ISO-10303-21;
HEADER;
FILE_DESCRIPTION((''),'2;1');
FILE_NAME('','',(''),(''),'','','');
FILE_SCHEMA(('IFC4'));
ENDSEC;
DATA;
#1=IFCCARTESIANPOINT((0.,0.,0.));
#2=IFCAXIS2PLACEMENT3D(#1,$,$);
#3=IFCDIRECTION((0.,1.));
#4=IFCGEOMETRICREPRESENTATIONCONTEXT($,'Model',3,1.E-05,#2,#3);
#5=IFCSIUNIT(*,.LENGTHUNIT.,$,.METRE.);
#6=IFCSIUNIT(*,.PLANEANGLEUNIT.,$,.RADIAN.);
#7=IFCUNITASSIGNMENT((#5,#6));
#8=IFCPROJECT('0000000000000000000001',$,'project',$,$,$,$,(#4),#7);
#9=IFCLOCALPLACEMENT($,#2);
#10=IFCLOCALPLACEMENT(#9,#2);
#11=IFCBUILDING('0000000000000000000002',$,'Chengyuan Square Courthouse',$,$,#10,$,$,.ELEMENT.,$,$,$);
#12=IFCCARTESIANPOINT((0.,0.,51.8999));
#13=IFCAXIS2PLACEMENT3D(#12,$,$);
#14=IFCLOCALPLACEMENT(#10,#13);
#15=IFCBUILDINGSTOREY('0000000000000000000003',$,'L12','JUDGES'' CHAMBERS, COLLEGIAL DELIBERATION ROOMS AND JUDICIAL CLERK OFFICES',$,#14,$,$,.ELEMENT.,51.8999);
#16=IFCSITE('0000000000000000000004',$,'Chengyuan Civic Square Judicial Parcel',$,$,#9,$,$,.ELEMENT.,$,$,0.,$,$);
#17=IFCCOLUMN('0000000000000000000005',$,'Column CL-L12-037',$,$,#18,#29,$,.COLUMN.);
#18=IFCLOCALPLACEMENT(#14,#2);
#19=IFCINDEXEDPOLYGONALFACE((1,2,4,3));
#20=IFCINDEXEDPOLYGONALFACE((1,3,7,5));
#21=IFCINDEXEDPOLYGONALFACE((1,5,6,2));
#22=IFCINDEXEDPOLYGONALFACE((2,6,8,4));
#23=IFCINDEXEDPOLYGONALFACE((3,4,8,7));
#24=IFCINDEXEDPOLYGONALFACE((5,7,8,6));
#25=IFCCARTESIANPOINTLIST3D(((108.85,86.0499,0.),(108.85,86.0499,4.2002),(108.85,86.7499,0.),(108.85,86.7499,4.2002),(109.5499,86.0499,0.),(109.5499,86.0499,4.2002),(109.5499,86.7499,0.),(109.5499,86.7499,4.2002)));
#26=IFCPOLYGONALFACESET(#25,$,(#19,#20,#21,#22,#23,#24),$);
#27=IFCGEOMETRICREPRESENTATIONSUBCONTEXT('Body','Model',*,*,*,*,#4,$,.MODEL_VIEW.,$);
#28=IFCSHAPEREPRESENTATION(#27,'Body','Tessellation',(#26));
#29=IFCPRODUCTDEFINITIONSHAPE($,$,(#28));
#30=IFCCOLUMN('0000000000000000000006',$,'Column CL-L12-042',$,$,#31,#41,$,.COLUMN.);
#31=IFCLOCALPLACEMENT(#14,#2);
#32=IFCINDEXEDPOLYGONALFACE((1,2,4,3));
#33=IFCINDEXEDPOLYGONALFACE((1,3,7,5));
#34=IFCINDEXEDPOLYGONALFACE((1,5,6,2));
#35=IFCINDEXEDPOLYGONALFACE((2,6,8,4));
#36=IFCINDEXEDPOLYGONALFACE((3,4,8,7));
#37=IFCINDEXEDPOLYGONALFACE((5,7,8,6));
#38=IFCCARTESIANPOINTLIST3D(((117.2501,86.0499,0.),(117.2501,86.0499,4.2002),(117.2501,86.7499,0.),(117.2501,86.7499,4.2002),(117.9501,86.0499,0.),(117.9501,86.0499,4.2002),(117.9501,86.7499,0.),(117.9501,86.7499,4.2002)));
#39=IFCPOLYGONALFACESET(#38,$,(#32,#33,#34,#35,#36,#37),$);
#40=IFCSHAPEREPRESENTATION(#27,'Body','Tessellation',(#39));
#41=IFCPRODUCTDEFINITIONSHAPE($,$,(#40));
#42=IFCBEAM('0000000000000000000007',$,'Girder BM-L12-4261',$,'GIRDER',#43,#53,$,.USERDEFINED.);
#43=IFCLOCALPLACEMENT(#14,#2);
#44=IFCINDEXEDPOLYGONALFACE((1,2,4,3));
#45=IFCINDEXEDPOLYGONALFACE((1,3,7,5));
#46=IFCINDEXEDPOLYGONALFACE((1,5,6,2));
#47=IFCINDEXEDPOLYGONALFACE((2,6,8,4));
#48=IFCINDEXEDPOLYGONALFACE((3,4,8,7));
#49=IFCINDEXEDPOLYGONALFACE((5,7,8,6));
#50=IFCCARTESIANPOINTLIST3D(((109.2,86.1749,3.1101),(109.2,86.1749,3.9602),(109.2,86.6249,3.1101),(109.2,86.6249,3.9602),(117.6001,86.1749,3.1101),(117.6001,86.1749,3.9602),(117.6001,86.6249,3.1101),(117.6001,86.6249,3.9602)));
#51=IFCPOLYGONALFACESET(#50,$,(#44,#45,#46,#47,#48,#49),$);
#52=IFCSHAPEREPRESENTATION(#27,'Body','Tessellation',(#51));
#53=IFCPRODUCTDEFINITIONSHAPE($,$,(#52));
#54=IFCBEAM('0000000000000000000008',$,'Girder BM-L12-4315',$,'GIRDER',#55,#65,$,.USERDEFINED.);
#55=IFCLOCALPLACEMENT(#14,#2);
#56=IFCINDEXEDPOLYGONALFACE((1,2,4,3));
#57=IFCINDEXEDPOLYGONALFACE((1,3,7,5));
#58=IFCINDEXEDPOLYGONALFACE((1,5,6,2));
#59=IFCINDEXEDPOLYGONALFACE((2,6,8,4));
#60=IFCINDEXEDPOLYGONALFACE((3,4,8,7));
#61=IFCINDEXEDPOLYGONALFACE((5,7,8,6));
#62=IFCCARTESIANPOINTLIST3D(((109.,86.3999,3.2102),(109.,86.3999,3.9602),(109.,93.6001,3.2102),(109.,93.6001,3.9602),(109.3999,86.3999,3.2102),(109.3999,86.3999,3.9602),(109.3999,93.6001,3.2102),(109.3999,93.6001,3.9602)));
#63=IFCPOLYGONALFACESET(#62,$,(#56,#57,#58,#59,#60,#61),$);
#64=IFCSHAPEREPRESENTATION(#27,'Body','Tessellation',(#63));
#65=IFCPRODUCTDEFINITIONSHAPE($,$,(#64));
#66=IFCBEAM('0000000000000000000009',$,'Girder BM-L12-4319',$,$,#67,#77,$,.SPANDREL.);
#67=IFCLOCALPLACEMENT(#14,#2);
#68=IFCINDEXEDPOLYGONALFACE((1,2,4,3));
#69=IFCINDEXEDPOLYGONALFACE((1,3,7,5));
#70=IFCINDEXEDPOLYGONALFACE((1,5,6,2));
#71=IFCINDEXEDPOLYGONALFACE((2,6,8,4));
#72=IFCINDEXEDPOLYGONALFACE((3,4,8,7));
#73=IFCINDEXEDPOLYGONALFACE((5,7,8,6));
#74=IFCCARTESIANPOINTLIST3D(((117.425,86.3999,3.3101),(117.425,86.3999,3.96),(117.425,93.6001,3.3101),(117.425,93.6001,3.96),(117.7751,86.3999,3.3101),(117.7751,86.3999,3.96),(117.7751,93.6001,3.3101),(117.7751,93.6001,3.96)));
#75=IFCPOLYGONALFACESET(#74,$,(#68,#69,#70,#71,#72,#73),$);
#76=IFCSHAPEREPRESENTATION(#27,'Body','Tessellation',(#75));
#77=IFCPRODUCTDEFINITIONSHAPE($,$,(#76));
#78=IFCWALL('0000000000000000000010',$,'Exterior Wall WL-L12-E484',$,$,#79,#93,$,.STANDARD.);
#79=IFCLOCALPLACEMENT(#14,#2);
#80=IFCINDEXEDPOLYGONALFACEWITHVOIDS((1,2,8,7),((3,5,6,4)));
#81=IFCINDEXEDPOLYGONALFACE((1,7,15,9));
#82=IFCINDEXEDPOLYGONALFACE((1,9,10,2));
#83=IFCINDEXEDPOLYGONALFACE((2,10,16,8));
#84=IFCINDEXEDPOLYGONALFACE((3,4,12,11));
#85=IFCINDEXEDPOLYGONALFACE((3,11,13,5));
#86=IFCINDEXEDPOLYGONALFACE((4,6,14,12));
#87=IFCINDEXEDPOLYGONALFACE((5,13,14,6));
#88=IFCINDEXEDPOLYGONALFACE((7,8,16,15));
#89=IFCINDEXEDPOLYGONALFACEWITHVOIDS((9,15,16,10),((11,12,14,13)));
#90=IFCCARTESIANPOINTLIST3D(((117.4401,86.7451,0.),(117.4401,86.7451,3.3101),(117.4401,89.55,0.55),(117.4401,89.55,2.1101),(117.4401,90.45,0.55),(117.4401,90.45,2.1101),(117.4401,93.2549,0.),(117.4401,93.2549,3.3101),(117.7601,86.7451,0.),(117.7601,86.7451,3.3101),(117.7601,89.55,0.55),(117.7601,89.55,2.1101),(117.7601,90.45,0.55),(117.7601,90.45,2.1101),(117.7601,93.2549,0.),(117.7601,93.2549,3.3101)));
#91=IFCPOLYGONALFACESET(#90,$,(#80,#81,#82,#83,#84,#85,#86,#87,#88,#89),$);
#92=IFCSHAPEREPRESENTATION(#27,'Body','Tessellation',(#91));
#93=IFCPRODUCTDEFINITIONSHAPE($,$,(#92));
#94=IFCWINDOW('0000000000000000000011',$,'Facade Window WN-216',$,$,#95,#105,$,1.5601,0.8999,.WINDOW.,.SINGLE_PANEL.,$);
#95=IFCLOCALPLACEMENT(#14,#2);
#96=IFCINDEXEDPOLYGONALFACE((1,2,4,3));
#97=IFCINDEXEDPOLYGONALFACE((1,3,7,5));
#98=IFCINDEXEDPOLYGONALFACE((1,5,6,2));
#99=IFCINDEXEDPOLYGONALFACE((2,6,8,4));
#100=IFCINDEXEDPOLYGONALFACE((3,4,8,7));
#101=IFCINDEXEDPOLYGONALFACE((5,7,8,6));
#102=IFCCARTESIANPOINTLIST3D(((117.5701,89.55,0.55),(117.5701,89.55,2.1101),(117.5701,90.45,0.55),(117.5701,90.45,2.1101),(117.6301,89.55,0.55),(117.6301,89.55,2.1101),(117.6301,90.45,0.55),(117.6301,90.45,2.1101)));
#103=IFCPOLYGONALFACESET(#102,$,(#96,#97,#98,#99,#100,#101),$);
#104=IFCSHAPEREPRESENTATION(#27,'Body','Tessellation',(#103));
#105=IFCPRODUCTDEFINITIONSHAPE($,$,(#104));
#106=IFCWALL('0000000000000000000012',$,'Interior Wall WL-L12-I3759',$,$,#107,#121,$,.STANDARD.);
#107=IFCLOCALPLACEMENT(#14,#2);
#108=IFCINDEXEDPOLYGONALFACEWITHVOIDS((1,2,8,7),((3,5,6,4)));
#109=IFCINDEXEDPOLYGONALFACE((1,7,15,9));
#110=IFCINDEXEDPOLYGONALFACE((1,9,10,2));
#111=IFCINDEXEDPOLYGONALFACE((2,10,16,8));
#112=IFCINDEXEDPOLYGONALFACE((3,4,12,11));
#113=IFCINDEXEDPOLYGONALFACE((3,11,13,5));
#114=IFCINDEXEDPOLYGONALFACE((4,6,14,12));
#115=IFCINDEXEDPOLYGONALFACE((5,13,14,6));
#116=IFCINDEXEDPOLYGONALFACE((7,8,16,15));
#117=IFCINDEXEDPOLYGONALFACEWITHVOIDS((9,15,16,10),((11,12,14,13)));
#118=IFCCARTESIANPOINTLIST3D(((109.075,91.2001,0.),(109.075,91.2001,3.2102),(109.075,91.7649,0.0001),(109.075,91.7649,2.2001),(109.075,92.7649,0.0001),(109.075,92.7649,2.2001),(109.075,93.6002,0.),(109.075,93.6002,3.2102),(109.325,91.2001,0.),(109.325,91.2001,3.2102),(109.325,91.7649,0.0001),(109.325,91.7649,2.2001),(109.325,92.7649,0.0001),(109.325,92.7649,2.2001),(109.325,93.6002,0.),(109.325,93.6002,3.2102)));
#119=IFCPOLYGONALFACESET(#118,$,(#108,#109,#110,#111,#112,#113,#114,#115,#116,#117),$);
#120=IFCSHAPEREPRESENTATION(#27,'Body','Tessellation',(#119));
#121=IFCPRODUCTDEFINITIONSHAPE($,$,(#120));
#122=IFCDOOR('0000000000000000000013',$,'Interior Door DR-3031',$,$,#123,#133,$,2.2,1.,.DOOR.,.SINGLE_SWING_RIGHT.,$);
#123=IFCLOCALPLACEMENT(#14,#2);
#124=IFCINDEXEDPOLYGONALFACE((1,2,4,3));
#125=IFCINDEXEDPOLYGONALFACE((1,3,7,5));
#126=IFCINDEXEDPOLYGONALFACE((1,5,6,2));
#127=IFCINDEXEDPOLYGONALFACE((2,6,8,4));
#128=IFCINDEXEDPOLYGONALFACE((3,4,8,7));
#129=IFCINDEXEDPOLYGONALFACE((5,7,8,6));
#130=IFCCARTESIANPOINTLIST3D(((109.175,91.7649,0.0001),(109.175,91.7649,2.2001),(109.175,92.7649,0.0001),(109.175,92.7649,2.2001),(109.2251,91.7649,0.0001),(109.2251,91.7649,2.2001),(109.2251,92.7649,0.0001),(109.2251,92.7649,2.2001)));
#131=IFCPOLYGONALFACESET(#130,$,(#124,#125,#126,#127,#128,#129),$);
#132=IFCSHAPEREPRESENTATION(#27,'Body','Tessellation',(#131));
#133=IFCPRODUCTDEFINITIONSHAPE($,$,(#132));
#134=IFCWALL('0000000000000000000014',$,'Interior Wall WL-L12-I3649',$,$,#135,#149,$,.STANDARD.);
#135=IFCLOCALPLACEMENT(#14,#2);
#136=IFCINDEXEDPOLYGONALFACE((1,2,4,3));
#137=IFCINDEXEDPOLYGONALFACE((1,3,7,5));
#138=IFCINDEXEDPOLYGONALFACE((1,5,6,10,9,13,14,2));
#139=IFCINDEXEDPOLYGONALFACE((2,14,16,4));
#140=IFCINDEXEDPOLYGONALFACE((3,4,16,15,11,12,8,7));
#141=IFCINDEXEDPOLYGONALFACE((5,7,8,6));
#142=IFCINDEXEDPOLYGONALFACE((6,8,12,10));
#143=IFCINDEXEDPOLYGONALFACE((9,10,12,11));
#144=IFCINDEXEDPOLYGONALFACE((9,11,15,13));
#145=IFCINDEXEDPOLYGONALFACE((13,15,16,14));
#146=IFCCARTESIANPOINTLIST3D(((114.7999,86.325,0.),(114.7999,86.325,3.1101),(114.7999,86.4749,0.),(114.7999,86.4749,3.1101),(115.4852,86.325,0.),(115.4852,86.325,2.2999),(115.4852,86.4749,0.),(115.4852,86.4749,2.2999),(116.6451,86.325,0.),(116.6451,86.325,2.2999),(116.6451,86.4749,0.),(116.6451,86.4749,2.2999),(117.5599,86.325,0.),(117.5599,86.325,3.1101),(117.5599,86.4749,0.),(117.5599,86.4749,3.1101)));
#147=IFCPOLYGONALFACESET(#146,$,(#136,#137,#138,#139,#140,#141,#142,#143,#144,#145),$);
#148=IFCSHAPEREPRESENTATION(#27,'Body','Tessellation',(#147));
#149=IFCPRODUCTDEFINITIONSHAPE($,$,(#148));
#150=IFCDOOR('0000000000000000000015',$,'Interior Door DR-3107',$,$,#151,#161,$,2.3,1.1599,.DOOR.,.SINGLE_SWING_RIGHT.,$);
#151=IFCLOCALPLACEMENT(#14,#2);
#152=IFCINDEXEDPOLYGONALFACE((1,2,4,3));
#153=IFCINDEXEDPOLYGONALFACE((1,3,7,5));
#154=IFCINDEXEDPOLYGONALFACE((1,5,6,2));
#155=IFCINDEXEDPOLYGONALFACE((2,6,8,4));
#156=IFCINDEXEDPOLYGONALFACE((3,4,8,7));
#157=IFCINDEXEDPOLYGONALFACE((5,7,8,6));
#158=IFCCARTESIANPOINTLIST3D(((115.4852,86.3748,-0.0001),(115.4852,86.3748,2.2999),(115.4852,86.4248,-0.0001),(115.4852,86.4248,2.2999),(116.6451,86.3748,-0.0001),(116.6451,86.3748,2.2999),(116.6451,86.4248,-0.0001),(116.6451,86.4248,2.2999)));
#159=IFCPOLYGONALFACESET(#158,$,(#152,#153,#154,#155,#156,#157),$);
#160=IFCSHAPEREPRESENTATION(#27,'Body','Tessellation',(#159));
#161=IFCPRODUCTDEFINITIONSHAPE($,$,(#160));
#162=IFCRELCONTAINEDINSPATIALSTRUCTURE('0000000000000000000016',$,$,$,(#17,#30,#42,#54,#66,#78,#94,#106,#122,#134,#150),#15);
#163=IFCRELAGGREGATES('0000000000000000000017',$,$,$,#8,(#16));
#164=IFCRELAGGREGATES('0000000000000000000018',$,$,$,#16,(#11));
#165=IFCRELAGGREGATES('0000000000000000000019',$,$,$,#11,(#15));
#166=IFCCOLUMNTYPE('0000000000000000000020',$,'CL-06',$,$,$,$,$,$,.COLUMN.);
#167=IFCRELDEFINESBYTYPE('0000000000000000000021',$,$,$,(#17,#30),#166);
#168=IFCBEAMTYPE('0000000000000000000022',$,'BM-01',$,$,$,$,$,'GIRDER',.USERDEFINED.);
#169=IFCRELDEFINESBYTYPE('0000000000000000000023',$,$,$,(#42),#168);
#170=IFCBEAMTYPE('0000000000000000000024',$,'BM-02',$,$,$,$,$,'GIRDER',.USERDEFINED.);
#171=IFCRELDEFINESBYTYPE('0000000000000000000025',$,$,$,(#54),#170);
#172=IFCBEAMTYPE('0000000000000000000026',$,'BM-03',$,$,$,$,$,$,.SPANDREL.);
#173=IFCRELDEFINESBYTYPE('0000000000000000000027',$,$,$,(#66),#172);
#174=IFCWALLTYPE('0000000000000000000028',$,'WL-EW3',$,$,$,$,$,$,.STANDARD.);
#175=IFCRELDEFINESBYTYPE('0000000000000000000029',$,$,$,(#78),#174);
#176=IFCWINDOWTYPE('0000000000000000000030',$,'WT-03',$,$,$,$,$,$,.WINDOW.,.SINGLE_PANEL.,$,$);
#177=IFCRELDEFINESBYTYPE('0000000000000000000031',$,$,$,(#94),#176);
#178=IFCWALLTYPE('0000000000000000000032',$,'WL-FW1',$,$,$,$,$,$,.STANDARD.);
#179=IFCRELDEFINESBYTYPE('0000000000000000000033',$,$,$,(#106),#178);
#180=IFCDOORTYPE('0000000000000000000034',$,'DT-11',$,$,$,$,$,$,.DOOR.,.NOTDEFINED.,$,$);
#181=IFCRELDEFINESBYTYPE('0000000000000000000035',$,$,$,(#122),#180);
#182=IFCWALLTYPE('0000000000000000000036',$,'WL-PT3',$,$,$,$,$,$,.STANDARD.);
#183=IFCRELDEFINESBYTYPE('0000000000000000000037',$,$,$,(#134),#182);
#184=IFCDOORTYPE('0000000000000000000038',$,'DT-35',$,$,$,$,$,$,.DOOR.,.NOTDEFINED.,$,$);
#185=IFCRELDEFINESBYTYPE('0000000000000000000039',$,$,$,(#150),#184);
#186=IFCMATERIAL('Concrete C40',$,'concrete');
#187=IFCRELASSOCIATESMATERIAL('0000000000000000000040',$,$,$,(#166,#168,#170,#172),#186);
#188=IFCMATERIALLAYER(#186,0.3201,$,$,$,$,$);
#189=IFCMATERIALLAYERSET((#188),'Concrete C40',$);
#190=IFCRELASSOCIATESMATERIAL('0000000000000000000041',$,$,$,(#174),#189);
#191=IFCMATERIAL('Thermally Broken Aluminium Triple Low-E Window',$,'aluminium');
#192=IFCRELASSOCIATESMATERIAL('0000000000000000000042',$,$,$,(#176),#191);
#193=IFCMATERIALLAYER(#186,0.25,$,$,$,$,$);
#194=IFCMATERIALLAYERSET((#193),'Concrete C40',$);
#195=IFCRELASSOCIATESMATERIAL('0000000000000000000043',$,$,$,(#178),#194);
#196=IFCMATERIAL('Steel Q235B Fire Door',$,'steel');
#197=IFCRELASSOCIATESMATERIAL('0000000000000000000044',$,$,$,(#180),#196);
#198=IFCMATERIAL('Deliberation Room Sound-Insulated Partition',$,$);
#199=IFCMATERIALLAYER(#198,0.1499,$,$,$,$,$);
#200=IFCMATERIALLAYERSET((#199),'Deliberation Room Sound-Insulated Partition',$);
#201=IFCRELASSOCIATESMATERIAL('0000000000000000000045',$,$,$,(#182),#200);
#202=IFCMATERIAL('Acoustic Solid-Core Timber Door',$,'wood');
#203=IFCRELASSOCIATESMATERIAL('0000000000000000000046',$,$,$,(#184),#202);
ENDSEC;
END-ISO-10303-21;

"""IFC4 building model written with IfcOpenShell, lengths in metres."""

from ifc_helpers import new_model, si_unit, direction, frame, frame_2d, origin, origin_2d, place, context, subcontext, project, spatial, rectangle, extrude, material, layer, layer_set, material_profile, profile_set, type_object, element, fill, save


model = new_model("IFC4")

# Units and contexts
model_context = context("Model", 3, precision=1e-05, world=origin(), true_north=direction((0.0, 1.0)))
body_context = subcontext(model_context, "Body", "Model", "MODEL_VIEW")
ifc_project = project(units=[si_unit("LENGTHUNIT", "METRE"), si_unit("PLANEANGLEUNIT", "RADIAN")], contexts=[model_context])

# Site, building, storey
site_placement = place(None, origin())
site = spatial("IfcSite", under=ifc_project, at=site_placement, Name="Chengyuan Civic Square Judicial Parcel", CompositionType="ELEMENT", RefElevation=0.0)
building_placement = place(site_placement, origin())
building = spatial("IfcBuilding", under=site, at=building_placement, Name="Chengyuan Square Courthouse", CompositionType="ELEMENT")
storey_placement = place(building_placement, frame((0.0, 0.0, 51.8999)))
storey = spatial("IfcBuildingStorey", under=building, at=storey_placement, Name="L12", Description="JUDGES' CHAMBERS, COLLEGIAL DELIBERATION ROOMS AND JUDICIAL CLERK OFFICES", CompositionType="ELEMENT", Elevation=51.8999)

# Columns
ifc_material_1 = material(Name="Concrete C40", Category="concrete")
ifc_material_profile_1 = material_profile(ifc_material_1, rectangle(XDim=0.7, YDim=0.7, at=origin_2d()), Name="RC-COL-700x700")
ifc_profile_set_1 = profile_set([ifc_material_profile_1], Name="Concrete C40")
column_type = type_object("IfcColumnType", Name="CL-06", PredefinedType="COLUMN", material=ifc_profile_set_1)
for number, where, z_axis, x_axis, name in (
    (1, (109.2, 86.3999, 0.0), (0.0, 0.0, 1.0), (1.0, 0.0, 0.0), "Column CL-L12-037"),
    (2, (117.6001, 86.3999, 0.0), (0.0, 0.0, 1.0), (1.0, 0.0, 0.0), "Column CL-L12-042"),
):
    element("IfcColumn", number, at=place(storey_placement, frame(where, z_axis=z_axis, x_axis=x_axis)), inside=storey, type_object=column_type, Name=name, PredefinedType="COLUMN", context=body_context, shape_type="SweptSolid", body=[
        extrude(rectangle(XDim=0.7, YDim=0.7, at=origin_2d()), origin(), (0.0, 0.0, 1.0), 4.2002),
    ])

# Beams
ifc_material_profile_2 = material_profile(ifc_material_1, rectangle(XDim=0.45, YDim=0.8501, at=origin_2d()), Name="RC-BM-450x850")
ifc_profile_set_2 = profile_set([ifc_material_profile_2], Name="Concrete C40")
beam_type_1 = type_object("IfcBeamType", Name="BM-01", ElementType="GIRDER", PredefinedType="USERDEFINED", material=ifc_profile_set_2)
beam_1_placement = place(storey_placement, frame((109.2, 86.3999, 3.5352), z_axis=(1.0, 0.0, 0.0), x_axis=(0.0, 1.0, 0.0)))
element("IfcBeam", 3, at=beam_1_placement, inside=storey, type_object=beam_type_1, Name="Girder BM-L12-4261", ObjectType="GIRDER", PredefinedType="USERDEFINED", context=body_context, shape_type="SweptSolid", body=[
    extrude(rectangle(XDim=0.45, YDim=0.8501, at=origin_2d()), origin(), (0.0, 0.0, 1.0), 8.4001),
])
ifc_material_profile_3 = material_profile(ifc_material_1, rectangle(XDim=0.3999, YDim=0.75, at=origin_2d()), Name="RC-BM-400x750")
ifc_profile_set_3 = profile_set([ifc_material_profile_3], Name="Concrete C40")
beam_type_2 = type_object("IfcBeamType", Name="BM-02", ElementType="GIRDER", PredefinedType="USERDEFINED", material=ifc_profile_set_3)
beam_2_placement = place(storey_placement, frame((109.2, 86.3999, 3.5852), z_axis=(0.0, 1.0, 0.0), x_axis=(-1.0, 0.0, 0.0)))
element("IfcBeam", 4, at=beam_2_placement, inside=storey, type_object=beam_type_2, Name="Girder BM-L12-4315", ObjectType="GIRDER", PredefinedType="USERDEFINED", context=body_context, shape_type="SweptSolid", body=[
    extrude(rectangle(XDim=0.3999, YDim=0.75, at=origin_2d()), origin(), (0.0, 0.0, 1.0), 7.2002),
])
ifc_material_profile_4 = material_profile(ifc_material_1, rectangle(XDim=0.3501, YDim=0.6499, at=origin_2d()), Name="RC-BM-350x650")
ifc_profile_set_4 = profile_set([ifc_material_profile_4], Name="Concrete C40")
beam_type_3 = type_object("IfcBeamType", Name="BM-03", PredefinedType="SPANDREL", material=ifc_profile_set_4)
beam_3_placement = place(storey_placement, frame((117.6001, 86.3999, 3.635), z_axis=(0.0, 1.0, 0.0), x_axis=(-1.0, 0.0, 0.0)))
element("IfcBeam", 5, at=beam_3_placement, inside=storey, type_object=beam_type_3, Name="Girder BM-L12-4319", PredefinedType="SPANDREL", context=body_context, shape_type="SweptSolid", body=[
    extrude(rectangle(XDim=0.3501, YDim=0.6499, at=origin_2d()), origin(), (0.0, 0.0, 1.0), 7.2002),
])

# Wall, opening, window
ifc_layer_1 = layer(ifc_material_1, 0.3201)
ifc_layer_set_1 = layer_set([ifc_layer_1], Name="Concrete C40")
wall_type_1 = type_object("IfcWallType", Name="WL-EW3", PredefinedType="STANDARD", material=ifc_layer_set_1)
wall_1_placement = place(storey_placement, frame((117.6001, 86.7451, 0.0), z_axis=(0.0, 0.0, 1.0), x_axis=(0.0, 1.0, 0.0)))
wall_1 = element("IfcWall", 6, at=wall_1_placement, inside=storey, type_object=wall_type_1, Name="Exterior Wall WL-L12-E484", PredefinedType="STANDARD", context=body_context, shape_type="SweptSolid", body=[
    extrude(rectangle(XDim=6.5098, YDim=0.3201, at=frame_2d((3.2549, 0.0))), origin(), (0.0, 0.0, 1.0), 3.3101),
])
opening_1_placement = place(wall_1_placement, frame((2.8049, 0.0, 0.55)))
opening_1 = element("IfcOpeningElement", 7, at=opening_1_placement, cuts=wall_1, PredefinedType="OPENING", context=body_context, shape_type="SweptSolid", body=[
    extrude(rectangle(XDim=0.8999, YDim=1.5601, at=frame_2d((0.45, 0.78))), frame((0.0, 0.1721, 0.0), z_axis=(0.0, -1.0, 0.0), x_axis=(1.0, 0.0, 0.0)), (0.0, 0.0, 1.0), 0.344),
])
ifc_material_2 = material(Name="Thermally Broken Aluminium Triple Low-E Window", Category="aluminium")
window_type = type_object("IfcWindowType", Name="WT-03", PartitioningType="SINGLE_PANEL", PredefinedType="WINDOW", material=ifc_material_2)
window_placement = place(opening_1_placement, origin())
window = element("IfcWindow", 8, at=window_placement, inside=storey, type_object=window_type, Name="Facade Window WN-216", OverallHeight=1.5601, OverallWidth=0.8999, PartitioningType="SINGLE_PANEL", PredefinedType="WINDOW", context=body_context, shape_type="SweptSolid", body=[
    extrude(rectangle(XDim=0.8999, YDim=1.5601, at=frame_2d((0.45, 0.78))), frame((0.0, 0.03, 0.0), z_axis=(0.0, -1.0, 0.0), x_axis=(1.0, 0.0, 0.0)), (0.0, 0.0, 1.0), 0.0601),
])
fill(opening_1, window)

# Walls, openings, doors
ifc_layer_2 = layer(ifc_material_1, 0.25)
ifc_layer_set_2 = layer_set([ifc_layer_2], Name="Concrete C40")
wall_type_2 = type_object("IfcWallType", Name="WL-FW1", PredefinedType="STANDARD", material=ifc_layer_set_2)
wall_2_placement = place(storey_placement, frame((109.2, 91.2, 0.0), z_axis=(0.0, 0.0, 1.0), x_axis=(0.0, 1.0, 0.0)))
wall_2 = element("IfcWall", 9, at=wall_2_placement, inside=storey, type_object=wall_type_2, Name="Interior Wall WL-L12-I3759", PredefinedType="STANDARD", context=body_context, shape_type="SweptSolid", body=[
    extrude(rectangle(XDim=2.4001, YDim=0.25, at=frame_2d((1.2002, 0.0))), origin(), (0.0, 0.0, 1.0), 3.2102),
])
opening_2_placement = place(wall_2_placement, frame((0.5649, 0.0, 0.0)))
opening_2 = element("IfcOpeningElement", 10, at=opening_2_placement, cuts=wall_2, PredefinedType="OPENING", context=body_context, shape_type="SweptSolid", body=[
    extrude(rectangle(XDim=1.0, YDim=2.2, at=frame_2d((0.5, 1.1001))), frame((0.0, 0.137, 0.0), z_axis=(0.0, -1.0, 0.0), x_axis=(1.0, 0.0, 0.0)), (0.0, 0.0, 1.0), 0.2739),
])
ifc_material_3 = material(Name="Steel Q235B Fire Door", Category="steel")
door_type_1 = type_object("IfcDoorType", Name="DT-11", OperationType="NOTDEFINED", PredefinedType="DOOR", material=ifc_material_3)
door_1_placement = place(opening_2_placement, origin())
door_1 = element("IfcDoor", 11, at=door_1_placement, inside=storey, type_object=door_type_1, Name="Interior Door DR-3031", OperationType="SINGLE_SWING_RIGHT", OverallHeight=2.2, OverallWidth=1.0, PredefinedType="DOOR", context=body_context, shape_type="SweptSolid", body=[
    extrude(rectangle(XDim=1.0, YDim=2.2, at=frame_2d((0.5, 1.1001))), frame((0.0, 0.0249, 0.0), z_axis=(0.0, -1.0, 0.0), x_axis=(1.0, 0.0, 0.0)), (0.0, 0.0, 1.0), 0.05),
])
fill(opening_2, door_1)
ifc_material_4 = material(Name="Deliberation Room Sound-Insulated Partition")
ifc_layer_3 = layer(ifc_material_4, 0.1499)
ifc_layer_set_3 = layer_set([ifc_layer_3], Name="Deliberation Room Sound-Insulated Partition")
wall_type_3 = type_object("IfcWallType", Name="WL-PT3", PredefinedType="STANDARD", material=ifc_layer_set_3)
wall_3_placement = place(storey_placement, frame((114.8, 86.3999, 0.0), z_axis=(0.0, 0.0, 1.0), x_axis=(1.0, 0.0, 0.0)))
wall_3 = element("IfcWall", 12, at=wall_3_placement, inside=storey, type_object=wall_type_3, Name="Interior Wall WL-L12-I3649", PredefinedType="STANDARD", context=body_context, shape_type="SweptSolid", body=[
    extrude(rectangle(XDim=2.76, YDim=0.1499, at=frame_2d((1.3799, 0.0))), origin(), (0.0, 0.0, 1.0), 3.1101),
])
opening_3_placement = place(wall_3_placement, frame((0.6851, 0.0, 0.0)))
opening_3 = element("IfcOpeningElement", 13, at=opening_3_placement, cuts=wall_3, PredefinedType="OPENING", context=body_context, shape_type="SweptSolid", body=[
    extrude(rectangle(XDim=1.1599, YDim=2.3, at=frame_2d((0.5801, 1.1499))), frame((0.0, 0.0869, 0.0), z_axis=(0.0, -1.0, 0.0), x_axis=(1.0, 0.0, 0.0)), (0.0, 0.0, 1.0), 0.1738),
])
ifc_material_5 = material(Name="Acoustic Solid-Core Timber Door", Category="wood")
door_type_2 = type_object("IfcDoorType", Name="DT-35", OperationType="NOTDEFINED", PredefinedType="DOOR", material=ifc_material_5)
door_2_placement = place(opening_3_placement, origin())
door_2 = element("IfcDoor", 14, at=door_2_placement, inside=storey, type_object=door_type_2, Name="Interior Door DR-3107", OperationType="SINGLE_SWING_RIGHT", OverallHeight=2.3, OverallWidth=1.1599, PredefinedType="DOOR", context=body_context, shape_type="SweptSolid", body=[
    extrude(rectangle(XDim=1.1599, YDim=2.3, at=frame_2d((0.5801, 1.1499))), frame((0.0, 0.0249, 0.0), z_axis=(0.0, -1.0, 0.0), x_axis=(1.0, 0.0, 0.0)), (0.0, 0.0, 1.0), 0.05),
])
fill(opening_3, door_2)

save(model, "model.ifc")
